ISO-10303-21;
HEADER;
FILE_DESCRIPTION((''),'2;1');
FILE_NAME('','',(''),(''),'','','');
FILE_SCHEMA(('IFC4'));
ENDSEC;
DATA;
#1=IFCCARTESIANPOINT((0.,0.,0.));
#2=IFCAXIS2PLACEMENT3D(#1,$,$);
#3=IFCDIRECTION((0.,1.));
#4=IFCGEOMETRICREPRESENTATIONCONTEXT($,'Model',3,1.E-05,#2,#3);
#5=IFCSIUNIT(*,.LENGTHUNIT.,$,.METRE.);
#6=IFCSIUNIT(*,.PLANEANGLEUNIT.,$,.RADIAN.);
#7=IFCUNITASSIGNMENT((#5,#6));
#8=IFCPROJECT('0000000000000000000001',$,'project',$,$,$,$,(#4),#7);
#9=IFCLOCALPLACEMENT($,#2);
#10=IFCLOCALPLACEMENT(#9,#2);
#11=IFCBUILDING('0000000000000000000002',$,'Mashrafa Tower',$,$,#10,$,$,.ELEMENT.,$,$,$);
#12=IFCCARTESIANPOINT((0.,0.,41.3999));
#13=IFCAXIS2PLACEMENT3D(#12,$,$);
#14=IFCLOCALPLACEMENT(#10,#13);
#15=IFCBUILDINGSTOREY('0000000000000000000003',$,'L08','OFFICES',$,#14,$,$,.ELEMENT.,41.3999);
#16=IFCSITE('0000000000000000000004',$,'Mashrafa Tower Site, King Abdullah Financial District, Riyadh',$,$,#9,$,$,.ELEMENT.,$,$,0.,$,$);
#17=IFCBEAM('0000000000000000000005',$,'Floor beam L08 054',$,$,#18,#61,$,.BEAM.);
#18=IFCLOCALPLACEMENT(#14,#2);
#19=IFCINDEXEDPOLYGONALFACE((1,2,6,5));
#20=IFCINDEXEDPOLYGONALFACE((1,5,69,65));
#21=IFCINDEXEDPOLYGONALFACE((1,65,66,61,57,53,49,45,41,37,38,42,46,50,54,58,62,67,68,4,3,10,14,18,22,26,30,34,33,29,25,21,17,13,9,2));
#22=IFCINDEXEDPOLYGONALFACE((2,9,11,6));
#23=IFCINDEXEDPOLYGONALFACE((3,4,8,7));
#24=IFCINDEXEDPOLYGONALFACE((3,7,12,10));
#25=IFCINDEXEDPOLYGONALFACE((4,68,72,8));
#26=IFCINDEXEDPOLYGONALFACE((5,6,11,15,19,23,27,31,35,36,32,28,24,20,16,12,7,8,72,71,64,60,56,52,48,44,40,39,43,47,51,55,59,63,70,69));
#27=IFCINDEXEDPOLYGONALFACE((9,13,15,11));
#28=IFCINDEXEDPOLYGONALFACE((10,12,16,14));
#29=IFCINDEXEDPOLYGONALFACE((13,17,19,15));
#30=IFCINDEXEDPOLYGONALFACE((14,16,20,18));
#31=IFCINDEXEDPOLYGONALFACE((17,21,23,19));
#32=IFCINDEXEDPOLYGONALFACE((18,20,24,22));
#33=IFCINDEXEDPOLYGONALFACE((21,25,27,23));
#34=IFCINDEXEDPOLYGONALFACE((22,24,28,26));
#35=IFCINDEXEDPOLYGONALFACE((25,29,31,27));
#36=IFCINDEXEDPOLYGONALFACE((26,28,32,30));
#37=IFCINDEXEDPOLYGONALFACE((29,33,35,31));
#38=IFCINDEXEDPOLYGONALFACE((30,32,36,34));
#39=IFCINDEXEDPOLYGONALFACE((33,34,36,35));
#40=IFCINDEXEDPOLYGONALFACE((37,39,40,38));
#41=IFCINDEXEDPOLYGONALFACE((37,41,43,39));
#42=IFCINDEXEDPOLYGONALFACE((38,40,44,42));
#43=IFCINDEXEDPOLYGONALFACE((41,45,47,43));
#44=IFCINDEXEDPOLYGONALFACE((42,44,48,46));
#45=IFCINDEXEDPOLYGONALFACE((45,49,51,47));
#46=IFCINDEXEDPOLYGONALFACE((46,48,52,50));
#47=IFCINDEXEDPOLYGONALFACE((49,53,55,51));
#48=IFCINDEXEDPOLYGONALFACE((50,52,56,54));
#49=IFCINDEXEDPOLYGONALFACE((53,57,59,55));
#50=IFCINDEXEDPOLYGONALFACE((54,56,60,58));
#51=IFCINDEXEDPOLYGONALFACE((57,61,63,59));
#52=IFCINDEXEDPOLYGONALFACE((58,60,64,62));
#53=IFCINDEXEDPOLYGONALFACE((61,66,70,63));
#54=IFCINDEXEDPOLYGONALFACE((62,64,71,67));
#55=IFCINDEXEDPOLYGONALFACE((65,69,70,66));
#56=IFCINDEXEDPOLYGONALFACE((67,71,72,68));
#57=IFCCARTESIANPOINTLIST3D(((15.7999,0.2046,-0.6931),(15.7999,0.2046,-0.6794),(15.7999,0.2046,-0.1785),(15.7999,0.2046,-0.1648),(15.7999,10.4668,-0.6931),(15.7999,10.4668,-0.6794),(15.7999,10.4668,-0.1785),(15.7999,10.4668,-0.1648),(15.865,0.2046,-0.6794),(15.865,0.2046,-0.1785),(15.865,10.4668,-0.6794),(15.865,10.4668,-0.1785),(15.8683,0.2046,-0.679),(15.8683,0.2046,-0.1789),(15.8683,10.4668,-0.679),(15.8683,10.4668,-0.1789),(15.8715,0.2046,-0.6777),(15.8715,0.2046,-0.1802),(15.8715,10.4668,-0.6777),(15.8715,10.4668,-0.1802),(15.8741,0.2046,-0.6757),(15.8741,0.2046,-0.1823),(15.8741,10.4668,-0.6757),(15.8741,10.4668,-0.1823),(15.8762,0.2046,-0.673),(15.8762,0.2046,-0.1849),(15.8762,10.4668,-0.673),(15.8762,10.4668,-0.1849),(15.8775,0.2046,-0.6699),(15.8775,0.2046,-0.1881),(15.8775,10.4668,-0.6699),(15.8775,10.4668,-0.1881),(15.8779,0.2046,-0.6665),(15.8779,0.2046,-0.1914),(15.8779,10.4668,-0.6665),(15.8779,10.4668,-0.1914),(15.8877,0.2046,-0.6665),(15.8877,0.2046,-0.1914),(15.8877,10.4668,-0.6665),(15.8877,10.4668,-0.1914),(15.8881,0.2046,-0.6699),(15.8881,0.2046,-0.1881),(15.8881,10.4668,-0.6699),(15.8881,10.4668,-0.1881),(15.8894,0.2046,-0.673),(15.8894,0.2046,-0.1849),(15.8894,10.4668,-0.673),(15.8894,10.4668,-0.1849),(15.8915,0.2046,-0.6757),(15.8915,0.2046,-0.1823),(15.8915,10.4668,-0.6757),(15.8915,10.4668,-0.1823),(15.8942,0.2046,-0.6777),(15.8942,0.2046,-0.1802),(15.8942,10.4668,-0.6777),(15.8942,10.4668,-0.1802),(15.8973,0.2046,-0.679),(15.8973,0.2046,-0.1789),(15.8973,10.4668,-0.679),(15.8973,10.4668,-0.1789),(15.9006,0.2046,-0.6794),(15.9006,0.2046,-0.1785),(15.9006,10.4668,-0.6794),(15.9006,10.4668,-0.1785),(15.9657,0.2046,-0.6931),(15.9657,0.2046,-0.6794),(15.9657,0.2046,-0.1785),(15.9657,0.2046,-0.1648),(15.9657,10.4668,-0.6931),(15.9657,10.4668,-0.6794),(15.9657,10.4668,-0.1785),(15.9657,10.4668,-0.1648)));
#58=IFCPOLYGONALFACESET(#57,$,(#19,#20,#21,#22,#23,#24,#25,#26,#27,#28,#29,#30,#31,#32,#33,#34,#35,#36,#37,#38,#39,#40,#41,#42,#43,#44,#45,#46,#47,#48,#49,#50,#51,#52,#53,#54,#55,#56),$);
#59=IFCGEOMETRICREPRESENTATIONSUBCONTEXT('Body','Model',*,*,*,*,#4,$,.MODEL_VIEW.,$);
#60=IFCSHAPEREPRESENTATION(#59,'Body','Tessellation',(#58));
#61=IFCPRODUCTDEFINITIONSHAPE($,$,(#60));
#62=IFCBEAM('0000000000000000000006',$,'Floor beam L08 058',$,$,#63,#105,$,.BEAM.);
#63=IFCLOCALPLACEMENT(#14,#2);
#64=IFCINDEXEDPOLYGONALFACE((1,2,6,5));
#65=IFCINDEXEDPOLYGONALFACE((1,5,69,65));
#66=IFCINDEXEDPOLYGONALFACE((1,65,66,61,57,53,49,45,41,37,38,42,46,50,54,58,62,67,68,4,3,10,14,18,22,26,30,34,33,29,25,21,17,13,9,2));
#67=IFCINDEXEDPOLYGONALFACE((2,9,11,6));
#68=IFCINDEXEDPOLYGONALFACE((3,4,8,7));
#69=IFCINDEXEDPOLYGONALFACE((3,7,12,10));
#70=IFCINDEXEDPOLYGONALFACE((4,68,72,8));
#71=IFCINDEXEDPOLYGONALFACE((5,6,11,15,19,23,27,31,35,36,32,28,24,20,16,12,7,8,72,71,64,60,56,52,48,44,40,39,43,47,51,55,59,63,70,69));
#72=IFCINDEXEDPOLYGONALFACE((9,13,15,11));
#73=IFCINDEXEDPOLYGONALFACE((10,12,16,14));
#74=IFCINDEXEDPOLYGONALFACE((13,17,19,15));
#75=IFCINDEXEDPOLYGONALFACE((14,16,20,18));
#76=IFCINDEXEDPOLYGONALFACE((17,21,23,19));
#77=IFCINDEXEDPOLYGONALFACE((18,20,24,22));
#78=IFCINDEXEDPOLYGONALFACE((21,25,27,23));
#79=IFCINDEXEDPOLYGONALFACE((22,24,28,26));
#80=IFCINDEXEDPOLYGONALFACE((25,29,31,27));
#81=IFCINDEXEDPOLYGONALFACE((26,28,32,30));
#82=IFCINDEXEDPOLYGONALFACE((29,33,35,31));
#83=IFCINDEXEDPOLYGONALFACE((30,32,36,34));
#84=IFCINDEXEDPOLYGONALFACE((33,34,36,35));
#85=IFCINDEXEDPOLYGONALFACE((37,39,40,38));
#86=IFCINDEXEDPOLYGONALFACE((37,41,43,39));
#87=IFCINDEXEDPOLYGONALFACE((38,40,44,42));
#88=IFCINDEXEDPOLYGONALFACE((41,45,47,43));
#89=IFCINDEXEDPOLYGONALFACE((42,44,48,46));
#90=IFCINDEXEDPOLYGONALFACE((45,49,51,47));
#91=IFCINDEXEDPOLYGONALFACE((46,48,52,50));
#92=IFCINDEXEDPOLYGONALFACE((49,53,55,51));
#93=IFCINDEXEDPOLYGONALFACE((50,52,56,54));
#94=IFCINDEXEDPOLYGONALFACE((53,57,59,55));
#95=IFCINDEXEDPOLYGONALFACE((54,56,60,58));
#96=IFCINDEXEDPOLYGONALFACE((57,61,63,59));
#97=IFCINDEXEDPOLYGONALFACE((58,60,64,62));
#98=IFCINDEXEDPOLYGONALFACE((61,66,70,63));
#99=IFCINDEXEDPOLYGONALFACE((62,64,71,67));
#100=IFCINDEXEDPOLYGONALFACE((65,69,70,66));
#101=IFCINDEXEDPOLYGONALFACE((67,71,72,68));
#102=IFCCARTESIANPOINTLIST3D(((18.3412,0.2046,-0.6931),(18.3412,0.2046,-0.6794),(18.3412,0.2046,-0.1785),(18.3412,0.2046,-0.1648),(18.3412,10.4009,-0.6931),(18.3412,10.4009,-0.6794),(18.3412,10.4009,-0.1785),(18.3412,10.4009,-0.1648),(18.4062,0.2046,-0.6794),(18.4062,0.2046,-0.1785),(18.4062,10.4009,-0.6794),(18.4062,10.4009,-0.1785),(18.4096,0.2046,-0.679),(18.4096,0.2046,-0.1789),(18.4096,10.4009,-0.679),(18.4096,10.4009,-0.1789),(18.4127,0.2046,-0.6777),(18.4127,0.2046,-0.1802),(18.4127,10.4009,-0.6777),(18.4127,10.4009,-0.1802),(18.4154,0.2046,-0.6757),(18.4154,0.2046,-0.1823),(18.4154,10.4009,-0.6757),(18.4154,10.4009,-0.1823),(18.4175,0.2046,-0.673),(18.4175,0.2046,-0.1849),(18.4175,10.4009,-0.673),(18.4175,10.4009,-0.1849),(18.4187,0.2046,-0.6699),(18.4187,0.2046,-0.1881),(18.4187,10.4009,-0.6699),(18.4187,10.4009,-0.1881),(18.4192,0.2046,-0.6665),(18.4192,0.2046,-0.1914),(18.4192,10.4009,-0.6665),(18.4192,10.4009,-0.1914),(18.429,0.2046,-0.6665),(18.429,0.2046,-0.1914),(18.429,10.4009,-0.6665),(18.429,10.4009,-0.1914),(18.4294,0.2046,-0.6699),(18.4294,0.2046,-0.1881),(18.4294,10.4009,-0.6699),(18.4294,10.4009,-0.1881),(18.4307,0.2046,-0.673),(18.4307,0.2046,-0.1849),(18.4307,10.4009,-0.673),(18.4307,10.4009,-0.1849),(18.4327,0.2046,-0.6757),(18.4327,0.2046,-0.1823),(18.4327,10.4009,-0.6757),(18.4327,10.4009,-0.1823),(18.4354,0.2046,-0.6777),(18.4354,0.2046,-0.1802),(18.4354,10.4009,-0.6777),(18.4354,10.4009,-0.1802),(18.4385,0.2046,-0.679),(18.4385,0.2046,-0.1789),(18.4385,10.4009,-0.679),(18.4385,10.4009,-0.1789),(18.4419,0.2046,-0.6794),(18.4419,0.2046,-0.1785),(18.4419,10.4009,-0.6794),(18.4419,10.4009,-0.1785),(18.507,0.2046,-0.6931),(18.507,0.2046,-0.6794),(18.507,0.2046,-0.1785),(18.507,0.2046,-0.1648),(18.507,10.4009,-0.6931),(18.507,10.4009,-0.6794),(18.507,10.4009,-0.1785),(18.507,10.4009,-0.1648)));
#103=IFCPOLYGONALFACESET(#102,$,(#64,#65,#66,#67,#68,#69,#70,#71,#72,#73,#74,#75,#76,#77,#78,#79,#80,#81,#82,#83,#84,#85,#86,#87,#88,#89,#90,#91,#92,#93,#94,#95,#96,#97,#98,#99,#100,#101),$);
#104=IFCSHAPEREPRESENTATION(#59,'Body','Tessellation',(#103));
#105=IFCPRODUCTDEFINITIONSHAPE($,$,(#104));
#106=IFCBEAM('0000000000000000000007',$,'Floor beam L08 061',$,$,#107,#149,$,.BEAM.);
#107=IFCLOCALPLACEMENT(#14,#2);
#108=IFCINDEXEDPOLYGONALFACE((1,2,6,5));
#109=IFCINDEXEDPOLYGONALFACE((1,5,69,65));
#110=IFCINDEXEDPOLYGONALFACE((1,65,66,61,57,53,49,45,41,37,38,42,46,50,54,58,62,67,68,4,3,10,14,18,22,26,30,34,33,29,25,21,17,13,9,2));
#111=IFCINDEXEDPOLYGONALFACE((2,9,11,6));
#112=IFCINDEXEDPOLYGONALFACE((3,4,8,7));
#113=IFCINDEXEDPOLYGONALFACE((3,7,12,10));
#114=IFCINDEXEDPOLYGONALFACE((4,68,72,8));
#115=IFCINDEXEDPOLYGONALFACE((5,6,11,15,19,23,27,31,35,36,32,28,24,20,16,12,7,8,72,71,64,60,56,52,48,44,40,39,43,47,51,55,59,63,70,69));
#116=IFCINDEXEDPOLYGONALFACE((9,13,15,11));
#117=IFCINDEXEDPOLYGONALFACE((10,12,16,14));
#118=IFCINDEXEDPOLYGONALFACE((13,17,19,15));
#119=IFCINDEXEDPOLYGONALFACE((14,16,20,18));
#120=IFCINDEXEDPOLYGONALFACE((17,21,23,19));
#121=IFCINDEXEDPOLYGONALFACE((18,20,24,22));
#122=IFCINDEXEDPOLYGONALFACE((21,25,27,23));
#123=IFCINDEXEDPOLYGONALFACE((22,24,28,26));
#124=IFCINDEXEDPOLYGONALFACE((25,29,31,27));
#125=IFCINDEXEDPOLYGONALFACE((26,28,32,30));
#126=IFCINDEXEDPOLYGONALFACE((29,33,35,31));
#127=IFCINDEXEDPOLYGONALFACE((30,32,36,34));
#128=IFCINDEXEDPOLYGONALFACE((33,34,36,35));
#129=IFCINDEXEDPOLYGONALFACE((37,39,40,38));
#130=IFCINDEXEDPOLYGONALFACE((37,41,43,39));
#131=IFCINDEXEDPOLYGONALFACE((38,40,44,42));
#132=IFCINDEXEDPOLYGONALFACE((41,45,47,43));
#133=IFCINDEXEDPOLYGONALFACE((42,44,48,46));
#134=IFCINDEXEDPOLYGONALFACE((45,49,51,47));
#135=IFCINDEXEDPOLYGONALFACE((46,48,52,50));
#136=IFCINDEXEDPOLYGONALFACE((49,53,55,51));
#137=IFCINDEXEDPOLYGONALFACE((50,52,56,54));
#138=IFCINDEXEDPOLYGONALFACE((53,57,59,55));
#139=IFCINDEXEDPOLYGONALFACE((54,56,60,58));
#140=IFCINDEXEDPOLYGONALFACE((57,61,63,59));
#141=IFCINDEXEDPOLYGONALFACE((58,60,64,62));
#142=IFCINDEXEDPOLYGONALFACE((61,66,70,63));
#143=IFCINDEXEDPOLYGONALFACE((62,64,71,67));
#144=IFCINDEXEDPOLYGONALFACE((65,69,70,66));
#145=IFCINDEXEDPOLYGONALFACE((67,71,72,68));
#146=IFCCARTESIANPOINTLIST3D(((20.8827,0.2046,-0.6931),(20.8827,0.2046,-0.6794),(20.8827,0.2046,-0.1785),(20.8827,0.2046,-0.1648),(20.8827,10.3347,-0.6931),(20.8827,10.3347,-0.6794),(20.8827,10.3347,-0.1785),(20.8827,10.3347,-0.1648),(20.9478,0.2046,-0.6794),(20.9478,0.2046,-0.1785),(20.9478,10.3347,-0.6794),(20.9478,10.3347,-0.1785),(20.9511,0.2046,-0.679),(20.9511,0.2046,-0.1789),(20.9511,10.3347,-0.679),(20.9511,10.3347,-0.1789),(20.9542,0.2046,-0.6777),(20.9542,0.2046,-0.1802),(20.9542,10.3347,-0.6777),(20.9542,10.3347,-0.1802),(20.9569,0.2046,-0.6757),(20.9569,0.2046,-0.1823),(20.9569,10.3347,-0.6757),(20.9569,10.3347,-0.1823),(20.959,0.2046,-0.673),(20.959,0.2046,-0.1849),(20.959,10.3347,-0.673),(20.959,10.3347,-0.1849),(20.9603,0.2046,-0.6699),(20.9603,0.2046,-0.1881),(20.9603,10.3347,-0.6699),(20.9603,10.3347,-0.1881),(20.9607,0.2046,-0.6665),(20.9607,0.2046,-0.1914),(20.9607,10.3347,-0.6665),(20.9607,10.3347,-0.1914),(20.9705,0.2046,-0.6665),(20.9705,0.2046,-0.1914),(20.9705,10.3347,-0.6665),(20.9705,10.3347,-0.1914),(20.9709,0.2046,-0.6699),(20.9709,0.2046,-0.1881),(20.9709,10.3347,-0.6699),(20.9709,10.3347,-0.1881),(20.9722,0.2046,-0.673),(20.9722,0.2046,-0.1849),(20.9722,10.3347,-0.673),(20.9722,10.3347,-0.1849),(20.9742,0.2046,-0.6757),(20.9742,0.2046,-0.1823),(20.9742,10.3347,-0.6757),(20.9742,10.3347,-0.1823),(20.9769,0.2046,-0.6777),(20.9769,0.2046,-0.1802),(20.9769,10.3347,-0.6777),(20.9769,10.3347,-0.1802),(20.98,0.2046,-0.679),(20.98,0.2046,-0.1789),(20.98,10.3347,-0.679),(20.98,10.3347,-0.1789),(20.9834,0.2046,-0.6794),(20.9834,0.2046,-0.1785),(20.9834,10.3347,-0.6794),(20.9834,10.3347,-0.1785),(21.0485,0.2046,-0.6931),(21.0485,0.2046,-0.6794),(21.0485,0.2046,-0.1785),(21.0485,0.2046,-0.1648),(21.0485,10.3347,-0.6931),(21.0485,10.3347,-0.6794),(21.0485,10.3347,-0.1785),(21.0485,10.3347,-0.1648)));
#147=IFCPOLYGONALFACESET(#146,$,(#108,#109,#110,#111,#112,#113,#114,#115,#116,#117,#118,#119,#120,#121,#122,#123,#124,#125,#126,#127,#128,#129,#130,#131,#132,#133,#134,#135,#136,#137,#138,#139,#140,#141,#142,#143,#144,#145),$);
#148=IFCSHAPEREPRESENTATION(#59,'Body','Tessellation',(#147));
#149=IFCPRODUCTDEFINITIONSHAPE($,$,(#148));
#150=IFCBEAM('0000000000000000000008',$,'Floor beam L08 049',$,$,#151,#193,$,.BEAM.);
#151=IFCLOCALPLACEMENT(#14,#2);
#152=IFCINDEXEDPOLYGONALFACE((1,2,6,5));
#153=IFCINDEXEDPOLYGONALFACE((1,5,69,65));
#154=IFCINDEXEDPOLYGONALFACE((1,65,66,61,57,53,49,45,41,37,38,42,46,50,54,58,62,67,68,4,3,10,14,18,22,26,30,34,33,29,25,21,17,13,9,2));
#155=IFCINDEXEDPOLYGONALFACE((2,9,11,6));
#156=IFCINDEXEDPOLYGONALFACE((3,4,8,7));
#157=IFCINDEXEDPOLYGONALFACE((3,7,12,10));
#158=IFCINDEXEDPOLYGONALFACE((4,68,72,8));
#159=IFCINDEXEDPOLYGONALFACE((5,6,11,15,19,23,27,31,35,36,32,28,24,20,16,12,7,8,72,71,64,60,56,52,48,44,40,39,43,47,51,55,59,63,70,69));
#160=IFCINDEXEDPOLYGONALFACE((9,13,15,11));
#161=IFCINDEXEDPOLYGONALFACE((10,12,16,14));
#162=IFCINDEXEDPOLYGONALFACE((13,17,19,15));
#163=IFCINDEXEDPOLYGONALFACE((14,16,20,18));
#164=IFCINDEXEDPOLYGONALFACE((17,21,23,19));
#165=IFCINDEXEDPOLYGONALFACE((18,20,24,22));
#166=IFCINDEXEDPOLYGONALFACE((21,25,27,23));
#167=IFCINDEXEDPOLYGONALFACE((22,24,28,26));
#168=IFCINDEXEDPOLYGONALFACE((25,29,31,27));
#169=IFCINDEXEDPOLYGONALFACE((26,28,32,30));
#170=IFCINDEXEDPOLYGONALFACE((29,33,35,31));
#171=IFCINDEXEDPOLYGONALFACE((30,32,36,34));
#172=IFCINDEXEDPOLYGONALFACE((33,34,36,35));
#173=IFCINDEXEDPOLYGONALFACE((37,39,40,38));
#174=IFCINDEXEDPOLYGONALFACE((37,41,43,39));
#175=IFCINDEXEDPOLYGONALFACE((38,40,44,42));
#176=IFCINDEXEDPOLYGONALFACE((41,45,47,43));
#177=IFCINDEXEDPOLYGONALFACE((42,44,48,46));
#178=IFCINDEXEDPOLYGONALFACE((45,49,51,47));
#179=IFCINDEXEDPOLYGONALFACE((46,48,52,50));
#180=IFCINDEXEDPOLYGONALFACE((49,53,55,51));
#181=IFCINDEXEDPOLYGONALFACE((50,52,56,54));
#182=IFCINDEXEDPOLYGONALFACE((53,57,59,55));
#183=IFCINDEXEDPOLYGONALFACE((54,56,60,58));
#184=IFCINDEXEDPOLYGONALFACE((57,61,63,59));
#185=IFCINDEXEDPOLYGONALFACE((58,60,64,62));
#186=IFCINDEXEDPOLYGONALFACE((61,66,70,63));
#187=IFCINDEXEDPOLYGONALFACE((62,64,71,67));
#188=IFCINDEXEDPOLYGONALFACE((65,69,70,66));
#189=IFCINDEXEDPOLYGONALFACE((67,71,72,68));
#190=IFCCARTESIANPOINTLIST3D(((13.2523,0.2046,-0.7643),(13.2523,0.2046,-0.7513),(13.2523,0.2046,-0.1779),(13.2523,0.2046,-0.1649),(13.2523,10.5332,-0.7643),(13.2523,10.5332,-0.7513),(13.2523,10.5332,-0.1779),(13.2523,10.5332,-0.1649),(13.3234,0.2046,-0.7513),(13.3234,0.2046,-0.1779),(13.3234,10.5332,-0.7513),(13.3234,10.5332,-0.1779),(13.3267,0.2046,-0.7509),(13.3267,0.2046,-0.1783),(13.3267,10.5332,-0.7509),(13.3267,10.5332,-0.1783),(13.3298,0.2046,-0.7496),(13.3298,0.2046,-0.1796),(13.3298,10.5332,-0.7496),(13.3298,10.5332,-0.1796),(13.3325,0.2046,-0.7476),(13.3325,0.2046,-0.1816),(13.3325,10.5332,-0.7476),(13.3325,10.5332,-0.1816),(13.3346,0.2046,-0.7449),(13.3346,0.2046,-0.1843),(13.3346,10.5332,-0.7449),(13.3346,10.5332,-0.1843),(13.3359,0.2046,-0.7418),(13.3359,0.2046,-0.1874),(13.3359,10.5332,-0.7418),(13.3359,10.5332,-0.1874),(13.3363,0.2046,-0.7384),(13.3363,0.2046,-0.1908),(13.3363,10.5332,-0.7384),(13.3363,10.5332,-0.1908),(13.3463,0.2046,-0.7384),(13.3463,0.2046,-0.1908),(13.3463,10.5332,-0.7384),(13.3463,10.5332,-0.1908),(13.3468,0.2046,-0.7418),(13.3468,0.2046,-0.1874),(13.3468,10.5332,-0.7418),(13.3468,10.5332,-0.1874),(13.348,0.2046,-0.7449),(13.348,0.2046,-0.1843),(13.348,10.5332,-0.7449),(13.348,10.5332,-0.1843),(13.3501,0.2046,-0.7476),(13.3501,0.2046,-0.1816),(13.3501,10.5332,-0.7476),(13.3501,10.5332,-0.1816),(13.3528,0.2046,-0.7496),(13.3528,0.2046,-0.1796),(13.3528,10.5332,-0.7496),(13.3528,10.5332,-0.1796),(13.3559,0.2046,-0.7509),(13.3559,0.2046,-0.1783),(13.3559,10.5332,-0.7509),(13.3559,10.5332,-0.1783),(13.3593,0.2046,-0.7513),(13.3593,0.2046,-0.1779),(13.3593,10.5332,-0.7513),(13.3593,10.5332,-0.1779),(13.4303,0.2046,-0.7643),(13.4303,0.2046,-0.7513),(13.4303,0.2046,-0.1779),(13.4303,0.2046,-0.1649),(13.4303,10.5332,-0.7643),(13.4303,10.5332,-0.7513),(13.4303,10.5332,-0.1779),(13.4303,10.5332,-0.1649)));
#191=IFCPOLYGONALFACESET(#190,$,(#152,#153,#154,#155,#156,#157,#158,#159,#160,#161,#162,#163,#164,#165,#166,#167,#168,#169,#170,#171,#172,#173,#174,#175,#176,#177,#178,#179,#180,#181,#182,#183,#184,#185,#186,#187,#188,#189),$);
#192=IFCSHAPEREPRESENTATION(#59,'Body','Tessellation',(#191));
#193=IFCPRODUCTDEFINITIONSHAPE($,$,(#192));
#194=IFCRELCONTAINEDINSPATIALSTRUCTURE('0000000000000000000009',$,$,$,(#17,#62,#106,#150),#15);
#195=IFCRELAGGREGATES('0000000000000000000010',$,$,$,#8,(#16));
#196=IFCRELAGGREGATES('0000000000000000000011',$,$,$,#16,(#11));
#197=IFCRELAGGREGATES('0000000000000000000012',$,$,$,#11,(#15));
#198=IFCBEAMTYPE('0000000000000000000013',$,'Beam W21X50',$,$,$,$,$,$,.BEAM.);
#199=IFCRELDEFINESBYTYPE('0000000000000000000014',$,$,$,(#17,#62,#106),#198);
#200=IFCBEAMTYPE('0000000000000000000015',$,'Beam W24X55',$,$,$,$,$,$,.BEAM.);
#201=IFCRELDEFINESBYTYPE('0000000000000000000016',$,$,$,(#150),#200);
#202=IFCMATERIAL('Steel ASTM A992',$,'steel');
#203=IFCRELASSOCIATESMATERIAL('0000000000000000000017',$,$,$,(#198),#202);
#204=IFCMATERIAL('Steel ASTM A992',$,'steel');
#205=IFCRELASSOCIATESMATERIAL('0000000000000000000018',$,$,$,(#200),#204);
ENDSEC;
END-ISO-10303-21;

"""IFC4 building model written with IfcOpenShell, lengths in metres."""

from ifc_helpers import new_model, si_unit, direction, frame, origin, origin_2d, place, context, subcontext, project, spatial, i_section, extrude, material, material_profile, profile_set, type_object, element, save


model = new_model("IFC4")

# Units and contexts
model_context = context("Model", 3, precision=1e-05, world=origin(), true_north=direction((0.0, 1.0)))
body_context = subcontext(model_context, "Body", "Model", "MODEL_VIEW")
ifc_project = project(units=[si_unit("LENGTHUNIT", "METRE"), si_unit("PLANEANGLEUNIT", "RADIAN")], contexts=[model_context])

# Site, building, storey
site_placement = place(None, origin())
site = spatial("IfcSite", under=ifc_project, at=site_placement, Name="Mashrafa Tower Site, King Abdullah Financial District, Riyadh", CompositionType="ELEMENT", RefElevation=0.0)
building_placement = place(site_placement, origin())
building = spatial("IfcBuilding", under=site, at=building_placement, Name="Mashrafa Tower", CompositionType="ELEMENT")
storey_placement = place(building_placement, frame((0.0, 0.0, 41.3999)))
storey = spatial("IfcBuildingStorey", under=building, at=storey_placement, Name="L08", Description="OFFICES", CompositionType="ELEMENT", Elevation=41.3999)

# Beams
ifc_material_1 = material(Name="Steel ASTM A992", Category="steel")
ifc_material_profile_1 = material_profile(ifc_material_1, i_section(OverallWidth=0.1658, OverallDepth=0.5283, WebThickness=0.0098, FlangeThickness=0.0137, FilletRadius=0.0129, at=origin_2d()), Name="W21X50")
ifc_profile_set_1 = profile_set([ifc_material_profile_1], Name="Steel ASTM A992")
beam_type_1 = type_object("IfcBeamType", Name="Beam W21X50", PredefinedType="BEAM", material=ifc_profile_set_1)
beam_1_placement = place(storey_placement, frame((15.8828, 10.4668, -0.429), z_axis=(0.0, -1.0, 0.0), x_axis=(1.0, 0.0, 0.0)))
element("IfcBeam", 1, at=beam_1_placement, inside=storey, type_object=beam_type_1, Name="Floor beam L08 054", PredefinedType="BEAM", context=body_context, shape_type="SweptSolid", body=[
    extrude(i_section(OverallWidth=0.1658, OverallDepth=0.5283, WebThickness=0.0098, FlangeThickness=0.0137, FilletRadius=0.0129, at=origin_2d()), origin(), (0.0, 0.0, 1.0), 10.2622),
])
beam_2_placement = place(storey_placement, frame((18.4241, 10.4009, -0.429), z_axis=(0.0, -1.0, 0.0), x_axis=(1.0, 0.0, 0.0)))
element("IfcBeam", 2, at=beam_2_placement, inside=storey, type_object=beam_type_1, Name="Floor beam L08 058", PredefinedType="BEAM", context=body_context, shape_type="SweptSolid", body=[
    extrude(i_section(OverallWidth=0.1658, OverallDepth=0.5283, WebThickness=0.0098, FlangeThickness=0.0137, FilletRadius=0.0129, at=origin_2d()), origin(), (0.0, 0.0, 1.0), 10.1963),
])
beam_3_placement = place(storey_placement, frame((20.9656, 10.3347, -0.429), z_axis=(0.0, -1.0, 0.0), x_axis=(1.0, 0.0, 0.0)))
element("IfcBeam", 3, at=beam_3_placement, inside=storey, type_object=beam_type_1, Name="Floor beam L08 061", PredefinedType="BEAM", context=body_context, shape_type="SweptSolid", body=[
    extrude(i_section(OverallWidth=0.1658, OverallDepth=0.5283, WebThickness=0.0098, FlangeThickness=0.0137, FilletRadius=0.0129, at=origin_2d()), origin(), (0.0, 0.0, 1.0), 10.1301),
])
ifc_material_2 = material(Name="Steel ASTM A992", Category="steel")
ifc_material_profile_2 = material_profile(ifc_material_2, i_section(OverallWidth=0.178, OverallDepth=0.5994, WebThickness=0.01, FlangeThickness=0.0129, FilletRadius=0.0129, at=origin_2d()), Name="W24X55")
ifc_profile_set_2 = profile_set([ifc_material_profile_2], Name="Steel ASTM A992")
beam_type_2 = type_object("IfcBeamType", Name="Beam W24X55", PredefinedType="BEAM", material=ifc_profile_set_2)
beam_4_placement = place(storey_placement, frame((13.3413, 10.5332, -0.4646), z_axis=(0.0, -1.0, 0.0), x_axis=(1.0, 0.0, 0.0)))
element("IfcBeam", 4, at=beam_4_placement, inside=storey, type_object=beam_type_2, Name="Floor beam L08 049", PredefinedType="BEAM", context=body_context, shape_type="SweptSolid", body=[
    extrude(i_section(OverallWidth=0.178, OverallDepth=0.5994, WebThickness=0.01, FlangeThickness=0.0129, FilletRadius=0.0129, at=origin_2d()), origin(), (0.0, 0.0, 1.0), 10.3286),
])

save(model, "model.ifc")
